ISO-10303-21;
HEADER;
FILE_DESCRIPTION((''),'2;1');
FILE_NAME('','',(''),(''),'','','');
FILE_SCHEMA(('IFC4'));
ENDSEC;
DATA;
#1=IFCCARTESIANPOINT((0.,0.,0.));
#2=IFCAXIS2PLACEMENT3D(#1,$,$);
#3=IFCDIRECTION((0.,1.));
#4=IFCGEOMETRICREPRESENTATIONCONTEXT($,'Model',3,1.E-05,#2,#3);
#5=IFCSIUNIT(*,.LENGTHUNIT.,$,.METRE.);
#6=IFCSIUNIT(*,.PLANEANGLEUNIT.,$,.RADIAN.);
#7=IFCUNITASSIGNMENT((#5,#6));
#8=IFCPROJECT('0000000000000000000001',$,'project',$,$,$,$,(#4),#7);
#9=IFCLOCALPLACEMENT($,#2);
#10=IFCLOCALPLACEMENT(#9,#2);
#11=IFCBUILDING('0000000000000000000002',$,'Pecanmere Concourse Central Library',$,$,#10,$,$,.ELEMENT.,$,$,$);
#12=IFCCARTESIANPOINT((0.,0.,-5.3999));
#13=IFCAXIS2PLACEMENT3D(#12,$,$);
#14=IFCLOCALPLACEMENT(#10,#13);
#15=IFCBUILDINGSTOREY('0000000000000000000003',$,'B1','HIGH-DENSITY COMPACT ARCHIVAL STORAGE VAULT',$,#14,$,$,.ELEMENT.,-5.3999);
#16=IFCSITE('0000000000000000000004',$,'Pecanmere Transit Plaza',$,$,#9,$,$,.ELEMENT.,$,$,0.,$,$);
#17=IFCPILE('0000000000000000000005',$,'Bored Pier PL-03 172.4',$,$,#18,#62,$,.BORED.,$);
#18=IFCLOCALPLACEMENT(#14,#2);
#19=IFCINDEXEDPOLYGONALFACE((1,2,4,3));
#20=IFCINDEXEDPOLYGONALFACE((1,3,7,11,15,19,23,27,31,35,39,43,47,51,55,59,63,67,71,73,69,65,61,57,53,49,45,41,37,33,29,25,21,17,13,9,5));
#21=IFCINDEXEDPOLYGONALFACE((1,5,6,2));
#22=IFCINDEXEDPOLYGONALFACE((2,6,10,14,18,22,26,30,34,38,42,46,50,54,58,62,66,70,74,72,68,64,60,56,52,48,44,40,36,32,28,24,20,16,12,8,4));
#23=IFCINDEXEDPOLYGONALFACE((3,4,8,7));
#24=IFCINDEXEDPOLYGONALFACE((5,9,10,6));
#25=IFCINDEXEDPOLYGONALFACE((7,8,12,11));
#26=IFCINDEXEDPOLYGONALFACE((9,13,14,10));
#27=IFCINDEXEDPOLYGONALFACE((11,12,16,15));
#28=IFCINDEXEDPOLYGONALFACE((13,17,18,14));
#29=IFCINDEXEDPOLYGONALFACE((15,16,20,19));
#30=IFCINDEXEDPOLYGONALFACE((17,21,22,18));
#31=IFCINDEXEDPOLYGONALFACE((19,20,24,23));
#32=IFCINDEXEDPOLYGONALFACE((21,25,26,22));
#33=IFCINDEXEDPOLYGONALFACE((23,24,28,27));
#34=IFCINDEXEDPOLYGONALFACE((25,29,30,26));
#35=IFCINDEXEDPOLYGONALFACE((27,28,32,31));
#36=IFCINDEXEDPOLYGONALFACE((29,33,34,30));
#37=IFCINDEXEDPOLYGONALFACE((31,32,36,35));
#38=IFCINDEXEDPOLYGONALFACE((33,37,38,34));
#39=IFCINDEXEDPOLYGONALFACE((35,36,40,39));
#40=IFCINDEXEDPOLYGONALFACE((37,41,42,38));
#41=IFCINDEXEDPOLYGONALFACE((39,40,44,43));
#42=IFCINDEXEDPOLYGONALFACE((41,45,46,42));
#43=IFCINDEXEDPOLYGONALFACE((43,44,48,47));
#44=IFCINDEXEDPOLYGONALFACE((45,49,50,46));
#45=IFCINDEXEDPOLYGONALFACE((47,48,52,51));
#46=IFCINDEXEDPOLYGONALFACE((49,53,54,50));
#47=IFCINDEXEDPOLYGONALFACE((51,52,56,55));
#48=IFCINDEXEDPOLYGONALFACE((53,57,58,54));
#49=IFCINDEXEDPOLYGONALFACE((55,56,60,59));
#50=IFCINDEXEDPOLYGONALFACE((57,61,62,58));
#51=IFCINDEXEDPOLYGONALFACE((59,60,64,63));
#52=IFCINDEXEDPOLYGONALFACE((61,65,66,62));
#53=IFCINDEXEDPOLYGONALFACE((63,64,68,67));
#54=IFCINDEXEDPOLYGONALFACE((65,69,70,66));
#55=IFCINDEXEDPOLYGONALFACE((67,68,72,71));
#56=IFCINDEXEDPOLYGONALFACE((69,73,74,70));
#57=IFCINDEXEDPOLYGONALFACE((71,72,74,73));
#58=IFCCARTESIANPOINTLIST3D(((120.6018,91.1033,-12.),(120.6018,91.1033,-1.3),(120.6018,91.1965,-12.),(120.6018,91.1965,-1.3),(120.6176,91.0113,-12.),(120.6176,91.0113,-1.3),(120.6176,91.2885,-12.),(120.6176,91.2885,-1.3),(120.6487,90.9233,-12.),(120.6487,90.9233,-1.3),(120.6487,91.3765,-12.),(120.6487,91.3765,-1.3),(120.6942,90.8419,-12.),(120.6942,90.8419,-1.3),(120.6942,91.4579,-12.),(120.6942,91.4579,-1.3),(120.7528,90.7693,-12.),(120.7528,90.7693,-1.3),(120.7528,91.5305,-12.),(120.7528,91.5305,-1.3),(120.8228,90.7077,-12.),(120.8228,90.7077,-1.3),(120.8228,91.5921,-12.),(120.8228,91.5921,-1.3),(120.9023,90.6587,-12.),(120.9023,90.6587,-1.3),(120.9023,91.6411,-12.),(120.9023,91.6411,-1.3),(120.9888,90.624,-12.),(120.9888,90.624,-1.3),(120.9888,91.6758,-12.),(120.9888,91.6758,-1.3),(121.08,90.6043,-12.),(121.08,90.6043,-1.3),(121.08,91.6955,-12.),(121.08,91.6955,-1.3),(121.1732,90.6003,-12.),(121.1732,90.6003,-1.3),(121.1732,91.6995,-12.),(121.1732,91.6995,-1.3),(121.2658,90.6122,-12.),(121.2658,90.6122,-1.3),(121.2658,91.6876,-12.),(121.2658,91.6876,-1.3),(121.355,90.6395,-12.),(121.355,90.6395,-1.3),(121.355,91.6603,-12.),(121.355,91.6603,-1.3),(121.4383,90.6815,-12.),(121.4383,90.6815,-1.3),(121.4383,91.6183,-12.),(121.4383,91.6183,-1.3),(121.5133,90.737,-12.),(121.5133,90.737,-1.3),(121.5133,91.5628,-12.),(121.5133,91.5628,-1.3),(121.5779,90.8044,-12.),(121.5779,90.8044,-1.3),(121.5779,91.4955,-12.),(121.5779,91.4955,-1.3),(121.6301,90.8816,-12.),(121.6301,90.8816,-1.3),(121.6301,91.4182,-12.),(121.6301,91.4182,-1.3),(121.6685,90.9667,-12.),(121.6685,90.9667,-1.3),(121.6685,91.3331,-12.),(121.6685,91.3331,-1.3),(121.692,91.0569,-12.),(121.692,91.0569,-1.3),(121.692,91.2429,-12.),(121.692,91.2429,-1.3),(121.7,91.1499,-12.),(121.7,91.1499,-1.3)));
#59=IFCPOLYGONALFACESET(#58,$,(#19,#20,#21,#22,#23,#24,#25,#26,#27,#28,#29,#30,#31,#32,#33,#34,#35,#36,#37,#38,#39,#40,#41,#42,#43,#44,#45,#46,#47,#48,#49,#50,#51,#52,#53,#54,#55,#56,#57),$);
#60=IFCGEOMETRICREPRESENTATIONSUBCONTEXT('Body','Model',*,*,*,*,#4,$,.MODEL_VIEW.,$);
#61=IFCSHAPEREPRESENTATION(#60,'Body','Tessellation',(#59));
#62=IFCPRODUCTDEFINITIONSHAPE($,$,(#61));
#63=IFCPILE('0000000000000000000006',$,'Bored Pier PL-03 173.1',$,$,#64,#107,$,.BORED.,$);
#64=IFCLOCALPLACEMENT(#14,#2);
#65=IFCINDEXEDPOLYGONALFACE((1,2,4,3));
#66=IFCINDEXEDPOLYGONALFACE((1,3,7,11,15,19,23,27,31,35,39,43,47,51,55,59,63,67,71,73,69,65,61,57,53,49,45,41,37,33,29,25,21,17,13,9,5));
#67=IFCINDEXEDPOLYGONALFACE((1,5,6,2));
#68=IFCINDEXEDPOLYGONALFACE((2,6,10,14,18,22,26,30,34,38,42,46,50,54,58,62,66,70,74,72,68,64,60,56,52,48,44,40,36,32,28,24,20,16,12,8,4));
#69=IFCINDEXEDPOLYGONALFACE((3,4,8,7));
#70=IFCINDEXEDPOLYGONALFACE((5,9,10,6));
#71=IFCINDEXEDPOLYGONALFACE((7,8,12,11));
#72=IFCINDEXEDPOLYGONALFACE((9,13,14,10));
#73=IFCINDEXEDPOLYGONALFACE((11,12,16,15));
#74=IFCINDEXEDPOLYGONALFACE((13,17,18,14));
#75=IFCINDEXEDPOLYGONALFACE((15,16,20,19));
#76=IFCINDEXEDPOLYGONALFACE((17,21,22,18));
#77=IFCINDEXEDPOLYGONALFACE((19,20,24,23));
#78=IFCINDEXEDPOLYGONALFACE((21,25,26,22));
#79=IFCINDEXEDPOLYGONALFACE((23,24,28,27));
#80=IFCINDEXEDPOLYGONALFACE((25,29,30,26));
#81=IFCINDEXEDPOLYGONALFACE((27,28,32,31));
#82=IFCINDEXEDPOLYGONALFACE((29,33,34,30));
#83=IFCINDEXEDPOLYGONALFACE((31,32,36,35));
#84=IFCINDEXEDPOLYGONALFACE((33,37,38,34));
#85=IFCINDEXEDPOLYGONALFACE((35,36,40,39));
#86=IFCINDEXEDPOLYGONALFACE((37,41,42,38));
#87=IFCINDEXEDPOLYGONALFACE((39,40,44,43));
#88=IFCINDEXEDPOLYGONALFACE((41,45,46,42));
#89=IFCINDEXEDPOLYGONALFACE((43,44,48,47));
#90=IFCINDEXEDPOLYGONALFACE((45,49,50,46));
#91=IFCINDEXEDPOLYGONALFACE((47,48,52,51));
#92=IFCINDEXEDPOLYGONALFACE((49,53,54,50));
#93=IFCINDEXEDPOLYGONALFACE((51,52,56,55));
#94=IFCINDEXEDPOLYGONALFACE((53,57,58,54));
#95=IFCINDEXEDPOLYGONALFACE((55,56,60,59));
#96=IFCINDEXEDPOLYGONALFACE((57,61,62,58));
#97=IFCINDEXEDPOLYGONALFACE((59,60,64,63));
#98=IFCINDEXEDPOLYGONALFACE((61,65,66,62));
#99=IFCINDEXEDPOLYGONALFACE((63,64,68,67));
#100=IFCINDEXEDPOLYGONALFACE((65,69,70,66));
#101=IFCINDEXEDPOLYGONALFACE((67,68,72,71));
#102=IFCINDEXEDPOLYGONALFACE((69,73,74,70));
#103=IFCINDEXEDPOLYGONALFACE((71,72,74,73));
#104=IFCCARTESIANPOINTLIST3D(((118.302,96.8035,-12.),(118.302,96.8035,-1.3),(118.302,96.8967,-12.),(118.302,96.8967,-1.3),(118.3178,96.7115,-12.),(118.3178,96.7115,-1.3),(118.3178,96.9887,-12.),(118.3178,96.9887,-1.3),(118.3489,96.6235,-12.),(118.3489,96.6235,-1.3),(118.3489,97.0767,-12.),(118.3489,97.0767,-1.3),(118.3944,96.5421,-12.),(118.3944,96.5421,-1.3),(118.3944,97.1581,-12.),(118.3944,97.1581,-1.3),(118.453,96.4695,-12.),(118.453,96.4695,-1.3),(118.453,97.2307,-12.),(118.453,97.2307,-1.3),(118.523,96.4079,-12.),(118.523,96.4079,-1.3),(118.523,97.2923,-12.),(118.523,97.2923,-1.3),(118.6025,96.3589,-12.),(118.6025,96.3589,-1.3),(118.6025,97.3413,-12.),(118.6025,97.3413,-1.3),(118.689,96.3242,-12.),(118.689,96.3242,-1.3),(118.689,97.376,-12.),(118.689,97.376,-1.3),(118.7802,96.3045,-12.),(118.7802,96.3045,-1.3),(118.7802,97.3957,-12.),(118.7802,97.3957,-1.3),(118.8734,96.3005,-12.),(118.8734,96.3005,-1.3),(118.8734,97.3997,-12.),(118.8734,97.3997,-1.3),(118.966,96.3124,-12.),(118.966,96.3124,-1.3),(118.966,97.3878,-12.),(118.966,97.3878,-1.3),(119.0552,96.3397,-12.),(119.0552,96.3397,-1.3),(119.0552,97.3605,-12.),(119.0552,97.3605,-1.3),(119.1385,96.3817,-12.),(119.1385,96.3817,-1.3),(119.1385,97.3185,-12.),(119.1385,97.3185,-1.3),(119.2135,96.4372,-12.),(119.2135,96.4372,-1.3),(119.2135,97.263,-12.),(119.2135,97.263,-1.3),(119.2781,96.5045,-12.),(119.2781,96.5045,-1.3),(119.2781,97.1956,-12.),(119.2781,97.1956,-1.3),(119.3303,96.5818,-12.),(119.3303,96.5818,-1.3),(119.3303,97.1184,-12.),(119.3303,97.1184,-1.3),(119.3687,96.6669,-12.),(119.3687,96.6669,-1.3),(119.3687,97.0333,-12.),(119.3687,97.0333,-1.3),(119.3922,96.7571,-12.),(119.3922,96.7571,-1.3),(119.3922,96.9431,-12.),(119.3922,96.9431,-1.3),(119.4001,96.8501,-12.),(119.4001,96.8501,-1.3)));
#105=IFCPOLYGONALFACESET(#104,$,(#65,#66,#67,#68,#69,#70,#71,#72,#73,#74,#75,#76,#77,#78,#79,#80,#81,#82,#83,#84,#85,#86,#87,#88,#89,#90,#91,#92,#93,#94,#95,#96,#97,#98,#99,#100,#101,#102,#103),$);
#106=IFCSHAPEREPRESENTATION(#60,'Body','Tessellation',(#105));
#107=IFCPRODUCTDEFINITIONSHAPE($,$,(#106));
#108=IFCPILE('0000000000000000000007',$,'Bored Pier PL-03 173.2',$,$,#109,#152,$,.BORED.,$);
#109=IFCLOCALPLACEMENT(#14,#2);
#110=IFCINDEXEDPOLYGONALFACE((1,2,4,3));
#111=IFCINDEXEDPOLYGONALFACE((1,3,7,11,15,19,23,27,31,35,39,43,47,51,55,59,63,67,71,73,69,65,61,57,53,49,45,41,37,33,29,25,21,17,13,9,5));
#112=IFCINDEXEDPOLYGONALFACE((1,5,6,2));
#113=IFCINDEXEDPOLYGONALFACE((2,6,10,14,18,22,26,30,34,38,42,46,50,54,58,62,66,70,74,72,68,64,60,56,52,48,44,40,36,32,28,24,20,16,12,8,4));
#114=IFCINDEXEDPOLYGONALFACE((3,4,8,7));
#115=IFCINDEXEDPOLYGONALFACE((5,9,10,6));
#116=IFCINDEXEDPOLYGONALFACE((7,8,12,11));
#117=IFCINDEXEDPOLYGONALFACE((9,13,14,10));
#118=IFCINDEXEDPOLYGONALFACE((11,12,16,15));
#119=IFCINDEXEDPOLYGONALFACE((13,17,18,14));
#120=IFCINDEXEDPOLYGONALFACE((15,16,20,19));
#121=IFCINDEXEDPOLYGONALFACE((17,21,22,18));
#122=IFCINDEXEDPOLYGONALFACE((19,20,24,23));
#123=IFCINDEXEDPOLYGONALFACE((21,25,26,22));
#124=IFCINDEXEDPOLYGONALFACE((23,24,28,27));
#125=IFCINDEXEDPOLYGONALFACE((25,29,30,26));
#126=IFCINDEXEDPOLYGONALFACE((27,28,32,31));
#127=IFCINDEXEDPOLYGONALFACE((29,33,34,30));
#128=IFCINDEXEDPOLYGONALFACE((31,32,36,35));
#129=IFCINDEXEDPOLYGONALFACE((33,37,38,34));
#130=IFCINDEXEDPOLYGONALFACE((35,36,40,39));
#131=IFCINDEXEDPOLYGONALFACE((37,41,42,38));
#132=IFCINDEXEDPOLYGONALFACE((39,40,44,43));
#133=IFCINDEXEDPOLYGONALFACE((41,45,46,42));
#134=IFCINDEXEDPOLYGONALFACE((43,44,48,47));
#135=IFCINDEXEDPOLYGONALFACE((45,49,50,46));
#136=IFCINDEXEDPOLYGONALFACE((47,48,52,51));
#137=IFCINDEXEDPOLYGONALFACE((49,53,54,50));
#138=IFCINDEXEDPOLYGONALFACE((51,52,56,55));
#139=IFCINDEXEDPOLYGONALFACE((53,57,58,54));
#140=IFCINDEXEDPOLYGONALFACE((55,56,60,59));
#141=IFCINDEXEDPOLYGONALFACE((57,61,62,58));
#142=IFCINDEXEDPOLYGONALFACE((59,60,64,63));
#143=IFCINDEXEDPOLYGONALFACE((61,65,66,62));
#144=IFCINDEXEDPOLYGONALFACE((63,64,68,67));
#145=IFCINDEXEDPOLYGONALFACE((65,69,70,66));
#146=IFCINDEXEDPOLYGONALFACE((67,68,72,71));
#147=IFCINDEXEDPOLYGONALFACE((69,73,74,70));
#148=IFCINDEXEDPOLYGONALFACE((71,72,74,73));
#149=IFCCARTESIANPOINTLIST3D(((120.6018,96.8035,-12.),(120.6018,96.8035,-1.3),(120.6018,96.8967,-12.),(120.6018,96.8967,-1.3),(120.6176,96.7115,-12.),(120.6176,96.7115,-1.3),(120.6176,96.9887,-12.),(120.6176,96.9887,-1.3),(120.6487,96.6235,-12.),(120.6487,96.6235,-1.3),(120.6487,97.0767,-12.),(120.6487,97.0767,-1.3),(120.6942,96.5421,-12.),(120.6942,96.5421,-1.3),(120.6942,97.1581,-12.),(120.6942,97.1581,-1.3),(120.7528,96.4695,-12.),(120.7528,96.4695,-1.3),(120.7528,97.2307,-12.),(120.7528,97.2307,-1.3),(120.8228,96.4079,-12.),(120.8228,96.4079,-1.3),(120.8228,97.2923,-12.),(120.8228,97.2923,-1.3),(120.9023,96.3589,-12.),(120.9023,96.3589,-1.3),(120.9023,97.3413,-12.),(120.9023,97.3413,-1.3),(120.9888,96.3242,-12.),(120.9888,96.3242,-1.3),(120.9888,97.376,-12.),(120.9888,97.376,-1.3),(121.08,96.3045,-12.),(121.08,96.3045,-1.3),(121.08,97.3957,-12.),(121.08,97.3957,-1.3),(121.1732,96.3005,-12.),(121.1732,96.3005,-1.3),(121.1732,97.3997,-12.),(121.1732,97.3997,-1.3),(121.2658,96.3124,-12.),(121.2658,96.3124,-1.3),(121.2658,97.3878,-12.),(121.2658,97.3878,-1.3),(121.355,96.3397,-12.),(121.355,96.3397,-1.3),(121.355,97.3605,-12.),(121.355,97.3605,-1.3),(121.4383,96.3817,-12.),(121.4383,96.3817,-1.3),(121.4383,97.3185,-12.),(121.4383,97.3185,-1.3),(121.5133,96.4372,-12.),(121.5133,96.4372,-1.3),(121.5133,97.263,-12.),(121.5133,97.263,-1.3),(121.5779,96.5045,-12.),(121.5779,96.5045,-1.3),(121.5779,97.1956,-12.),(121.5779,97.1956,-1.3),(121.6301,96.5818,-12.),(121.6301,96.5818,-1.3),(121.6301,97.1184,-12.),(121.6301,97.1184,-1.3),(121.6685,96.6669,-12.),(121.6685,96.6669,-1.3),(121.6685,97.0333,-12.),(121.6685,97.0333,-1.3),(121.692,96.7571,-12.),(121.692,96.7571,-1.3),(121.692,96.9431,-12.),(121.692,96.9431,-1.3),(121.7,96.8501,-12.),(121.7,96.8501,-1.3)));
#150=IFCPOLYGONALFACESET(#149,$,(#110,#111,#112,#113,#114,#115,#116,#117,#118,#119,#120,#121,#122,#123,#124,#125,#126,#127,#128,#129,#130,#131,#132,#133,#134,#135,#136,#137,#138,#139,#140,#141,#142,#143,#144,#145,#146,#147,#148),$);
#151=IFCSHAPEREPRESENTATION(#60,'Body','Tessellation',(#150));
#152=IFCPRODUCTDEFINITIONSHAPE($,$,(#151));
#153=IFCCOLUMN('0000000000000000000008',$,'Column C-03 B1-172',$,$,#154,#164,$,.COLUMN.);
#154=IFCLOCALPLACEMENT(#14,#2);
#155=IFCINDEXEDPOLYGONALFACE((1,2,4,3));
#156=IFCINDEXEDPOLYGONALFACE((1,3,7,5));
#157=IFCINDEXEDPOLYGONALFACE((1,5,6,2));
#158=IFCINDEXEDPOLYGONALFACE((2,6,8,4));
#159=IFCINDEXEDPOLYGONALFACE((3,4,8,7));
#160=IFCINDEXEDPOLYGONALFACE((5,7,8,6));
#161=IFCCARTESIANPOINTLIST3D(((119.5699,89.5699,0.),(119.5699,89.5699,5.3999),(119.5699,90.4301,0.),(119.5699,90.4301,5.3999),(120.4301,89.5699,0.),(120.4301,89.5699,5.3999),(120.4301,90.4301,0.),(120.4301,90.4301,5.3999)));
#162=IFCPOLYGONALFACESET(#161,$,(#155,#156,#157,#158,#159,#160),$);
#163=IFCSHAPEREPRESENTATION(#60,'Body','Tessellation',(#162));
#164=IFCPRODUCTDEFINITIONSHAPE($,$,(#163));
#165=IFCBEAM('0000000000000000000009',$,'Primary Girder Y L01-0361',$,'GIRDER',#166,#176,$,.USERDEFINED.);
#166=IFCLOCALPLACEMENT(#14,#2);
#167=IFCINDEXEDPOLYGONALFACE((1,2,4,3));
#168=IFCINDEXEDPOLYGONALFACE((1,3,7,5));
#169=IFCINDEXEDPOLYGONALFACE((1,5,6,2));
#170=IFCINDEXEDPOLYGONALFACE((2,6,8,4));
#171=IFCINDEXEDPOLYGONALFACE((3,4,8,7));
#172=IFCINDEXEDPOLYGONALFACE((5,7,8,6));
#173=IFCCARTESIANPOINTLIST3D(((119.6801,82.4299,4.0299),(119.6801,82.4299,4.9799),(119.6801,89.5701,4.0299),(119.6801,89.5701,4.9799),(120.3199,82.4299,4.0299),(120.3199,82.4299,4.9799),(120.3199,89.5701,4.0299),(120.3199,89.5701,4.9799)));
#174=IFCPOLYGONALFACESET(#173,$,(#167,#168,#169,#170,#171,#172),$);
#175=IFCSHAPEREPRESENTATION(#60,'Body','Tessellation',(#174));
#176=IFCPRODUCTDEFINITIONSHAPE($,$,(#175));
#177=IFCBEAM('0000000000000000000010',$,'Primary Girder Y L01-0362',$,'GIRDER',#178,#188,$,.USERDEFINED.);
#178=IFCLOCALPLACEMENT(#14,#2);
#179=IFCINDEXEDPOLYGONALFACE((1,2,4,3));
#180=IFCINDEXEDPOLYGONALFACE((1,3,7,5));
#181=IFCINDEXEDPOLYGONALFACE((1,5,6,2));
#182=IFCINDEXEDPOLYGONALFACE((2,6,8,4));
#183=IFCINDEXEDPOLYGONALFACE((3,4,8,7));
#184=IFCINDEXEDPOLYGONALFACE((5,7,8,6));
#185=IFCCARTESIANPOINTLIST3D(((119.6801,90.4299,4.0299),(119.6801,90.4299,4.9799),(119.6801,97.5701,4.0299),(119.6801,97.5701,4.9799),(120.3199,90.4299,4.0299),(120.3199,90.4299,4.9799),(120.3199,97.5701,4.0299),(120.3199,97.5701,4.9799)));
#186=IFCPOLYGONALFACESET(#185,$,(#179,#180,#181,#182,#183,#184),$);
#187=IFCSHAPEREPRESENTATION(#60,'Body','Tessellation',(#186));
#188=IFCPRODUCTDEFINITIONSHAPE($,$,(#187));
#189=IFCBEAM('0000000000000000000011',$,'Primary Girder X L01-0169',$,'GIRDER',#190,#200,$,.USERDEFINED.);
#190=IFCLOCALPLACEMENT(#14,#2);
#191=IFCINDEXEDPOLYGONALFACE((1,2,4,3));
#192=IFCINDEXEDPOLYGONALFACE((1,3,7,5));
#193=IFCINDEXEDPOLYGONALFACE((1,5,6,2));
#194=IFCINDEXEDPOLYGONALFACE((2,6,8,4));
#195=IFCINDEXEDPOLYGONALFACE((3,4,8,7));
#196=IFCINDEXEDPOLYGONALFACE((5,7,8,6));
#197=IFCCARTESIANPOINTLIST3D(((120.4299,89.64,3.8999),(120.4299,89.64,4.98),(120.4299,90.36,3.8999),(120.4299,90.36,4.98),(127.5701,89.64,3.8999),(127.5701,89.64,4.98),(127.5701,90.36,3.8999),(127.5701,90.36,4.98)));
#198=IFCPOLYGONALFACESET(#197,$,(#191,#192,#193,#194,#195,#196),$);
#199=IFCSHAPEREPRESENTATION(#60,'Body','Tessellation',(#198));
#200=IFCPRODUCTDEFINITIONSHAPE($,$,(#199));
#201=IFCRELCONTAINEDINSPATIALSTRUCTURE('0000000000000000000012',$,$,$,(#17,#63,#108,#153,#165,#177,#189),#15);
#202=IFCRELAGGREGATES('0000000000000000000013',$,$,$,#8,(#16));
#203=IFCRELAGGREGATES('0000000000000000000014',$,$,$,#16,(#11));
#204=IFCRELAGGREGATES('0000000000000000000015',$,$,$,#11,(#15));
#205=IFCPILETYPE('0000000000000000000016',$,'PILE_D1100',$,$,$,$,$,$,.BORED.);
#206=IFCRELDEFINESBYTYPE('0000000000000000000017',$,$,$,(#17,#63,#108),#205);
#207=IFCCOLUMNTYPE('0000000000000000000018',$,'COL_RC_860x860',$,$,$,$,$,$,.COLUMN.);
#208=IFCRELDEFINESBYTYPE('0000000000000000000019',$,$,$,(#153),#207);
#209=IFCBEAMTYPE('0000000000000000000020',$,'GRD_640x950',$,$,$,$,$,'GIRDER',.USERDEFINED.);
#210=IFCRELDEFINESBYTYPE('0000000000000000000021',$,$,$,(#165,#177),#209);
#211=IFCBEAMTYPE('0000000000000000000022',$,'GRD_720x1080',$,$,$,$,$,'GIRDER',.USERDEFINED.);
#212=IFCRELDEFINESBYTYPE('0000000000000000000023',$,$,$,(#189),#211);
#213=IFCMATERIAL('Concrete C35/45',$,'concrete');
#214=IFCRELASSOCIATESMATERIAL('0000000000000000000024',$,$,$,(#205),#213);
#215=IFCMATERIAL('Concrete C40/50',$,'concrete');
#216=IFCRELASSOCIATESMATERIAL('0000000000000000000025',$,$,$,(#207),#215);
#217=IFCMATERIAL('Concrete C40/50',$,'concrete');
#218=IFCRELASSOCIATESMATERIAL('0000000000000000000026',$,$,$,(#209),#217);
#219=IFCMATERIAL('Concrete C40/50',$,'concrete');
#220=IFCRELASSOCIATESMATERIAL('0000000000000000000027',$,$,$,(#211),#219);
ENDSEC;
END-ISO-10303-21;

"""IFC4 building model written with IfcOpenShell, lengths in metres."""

from ifc_helpers import new_model, si_unit, direction, frame, origin, origin_2d, place, context, subcontext, project, spatial, rectangle, circle, extrude, material, material_profile, profile_set, type_object, element, save


model = new_model("IFC4")

# Units and contexts
model_context = context("Model", 3, precision=1e-05, world=origin(), true_north=direction((0.0, 1.0)))
body_context = subcontext(model_context, "Body", "Model", "MODEL_VIEW")
ifc_project = project(units=[si_unit("LENGTHUNIT", "METRE"), si_unit("PLANEANGLEUNIT", "RADIAN")], contexts=[model_context])

# Site, building, storey
site_placement = place(None, origin())
site = spatial("IfcSite", under=ifc_project, at=site_placement, Name="Pecanmere Transit Plaza", CompositionType="ELEMENT", RefElevation=0.0)
building_placement = place(site_placement, origin())
building = spatial("IfcBuilding", under=site, at=building_placement, Name="Pecanmere Concourse Central Library", CompositionType="ELEMENT")
storey_placement = place(building_placement, frame((0.0, 0.0, -5.3999)))
storey = spatial("IfcBuildingStorey", under=building, at=storey_placement, Name="B1", Description="HIGH-DENSITY COMPACT ARCHIVAL STORAGE VAULT", CompositionType="ELEMENT", Elevation=-5.3999)

# Piles
ifc_material_1 = material(Name="Concrete C35/45", Category="concrete")
ifc_material_profile_1 = material_profile(ifc_material_1, circle(Radius=0.55, at=origin_2d()), Name="PIER D1100")
ifc_profile_set_1 = profile_set([ifc_material_profile_1], Name="Concrete C35/45")
pile_type = type_object("IfcPileType", Name="PILE_D1100", PredefinedType="BORED", material=ifc_profile_set_1)
for number, where, z_axis, x_axis, name in (
    (1, (121.1499, 91.1499, -1.3), (0.0, 0.0, -1.0), (1.0, 0.0, 0.0), "Bored Pier PL-03 172.4"),
    (2, (118.8501, 96.8501, -1.3), (0.0, 0.0, -1.0), (1.0, 0.0, 0.0), "Bored Pier PL-03 173.1"),
    (3, (121.1499, 96.8501, -1.3), (0.0, 0.0, -1.0), (1.0, 0.0, 0.0), "Bored Pier PL-03 173.2"),
):
    element("IfcPile", number, at=place(storey_placement, frame(where, z_axis=z_axis, x_axis=x_axis)), inside=storey, type_object=pile_type, Name=name, PredefinedType="BORED", context=body_context, shape_type="SweptSolid", body=[
        extrude(circle(Radius=0.55, at=origin_2d()), origin(), (0.0, 0.0, 1.0), 10.7),
    ])

# Column
ifc_material_2 = material(Name="Concrete C40/50", Category="concrete")
ifc_material_profile_2 = material_profile(ifc_material_2, rectangle(XDim=0.8601, YDim=0.8601, at=origin_2d()), Name="RC 860x860")
ifc_profile_set_2 = profile_set([ifc_material_profile_2], Name="Concrete C40/50")
column_type = type_object("IfcColumnType", Name="COL_RC_860x860", PredefinedType="COLUMN", material=ifc_profile_set_2)
column_placement = place(storey_placement, frame((120.0, 90.0, 0.0), z_axis=(0.0, 0.0, 1.0), x_axis=(1.0, 0.0, 0.0)))
element("IfcColumn", 4, at=column_placement, inside=storey, type_object=column_type, Name="Column C-03 B1-172", PredefinedType="COLUMN", context=body_context, shape_type="SweptSolid", body=[
    extrude(rectangle(XDim=0.8601, YDim=0.8601, at=origin_2d()), origin(), (0.0, 0.0, 1.0), 5.3999),
])

# Beams
ifc_material_3 = material(Name="Concrete C40/50", Category="concrete")
ifc_material_profile_3 = material_profile(ifc_material_3, rectangle(XDim=0.6399, YDim=0.95, at=origin_2d()), Name="RC 640x950")
ifc_profile_set_3 = profile_set([ifc_material_profile_3], Name="Concrete C40/50")
beam_type_1 = type_object("IfcBeamType", Name="GRD_640x950", ElementType="GIRDER", PredefinedType="USERDEFINED", material=ifc_profile_set_3)
for number, where, z_axis, x_axis, name in (
    (5, (120.0, 82.4299, 4.5049), (0.0, 1.0, 0.0), (-1.0, 0.0, 0.0), "Primary Girder Y L01-0361"),
    (6, (120.0, 90.4299, 4.5049), (0.0, 1.0, 0.0), (-1.0, 0.0, 0.0), "Primary Girder Y L01-0362"),
):
    element("IfcBeam", number, at=place(storey_placement, frame(where, z_axis=z_axis, x_axis=x_axis)), inside=storey, type_object=beam_type_1, Name=name, ObjectType="GIRDER", PredefinedType="USERDEFINED", context=body_context, shape_type="SweptSolid", body=[
        extrude(rectangle(XDim=0.6399, YDim=0.95, at=origin_2d()), origin(), (0.0, 0.0, 1.0), 7.1401),
    ])
ifc_material_4 = material(Name="Concrete C40/50", Category="concrete")
ifc_material_profile_4 = material_profile(ifc_material_4, rectangle(XDim=0.72, YDim=1.0801, at=origin_2d()), Name="RC 720x1080")
ifc_profile_set_4 = profile_set([ifc_material_profile_4], Name="Concrete C40/50")
beam_type_2 = type_object("IfcBeamType", Name="GRD_720x1080", ElementType="GIRDER", PredefinedType="USERDEFINED", material=ifc_profile_set_4)
beam_1_placement = place(storey_placement, frame((120.4299, 90.0, 4.4399), z_axis=(1.0, 0.0, 0.0), x_axis=(0.0, 1.0, 0.0)))
element("IfcBeam", 7, at=beam_1_placement, inside=storey, type_object=beam_type_2, Name="Primary Girder X L01-0169", ObjectType="GIRDER", PredefinedType="USERDEFINED", context=body_context, shape_type="SweptSolid", body=[
    extrude(rectangle(XDim=0.72, YDim=1.0801, at=origin_2d()), origin(), (0.0, 0.0, 1.0), 7.1401),
])

save(model, "model.ifc")
